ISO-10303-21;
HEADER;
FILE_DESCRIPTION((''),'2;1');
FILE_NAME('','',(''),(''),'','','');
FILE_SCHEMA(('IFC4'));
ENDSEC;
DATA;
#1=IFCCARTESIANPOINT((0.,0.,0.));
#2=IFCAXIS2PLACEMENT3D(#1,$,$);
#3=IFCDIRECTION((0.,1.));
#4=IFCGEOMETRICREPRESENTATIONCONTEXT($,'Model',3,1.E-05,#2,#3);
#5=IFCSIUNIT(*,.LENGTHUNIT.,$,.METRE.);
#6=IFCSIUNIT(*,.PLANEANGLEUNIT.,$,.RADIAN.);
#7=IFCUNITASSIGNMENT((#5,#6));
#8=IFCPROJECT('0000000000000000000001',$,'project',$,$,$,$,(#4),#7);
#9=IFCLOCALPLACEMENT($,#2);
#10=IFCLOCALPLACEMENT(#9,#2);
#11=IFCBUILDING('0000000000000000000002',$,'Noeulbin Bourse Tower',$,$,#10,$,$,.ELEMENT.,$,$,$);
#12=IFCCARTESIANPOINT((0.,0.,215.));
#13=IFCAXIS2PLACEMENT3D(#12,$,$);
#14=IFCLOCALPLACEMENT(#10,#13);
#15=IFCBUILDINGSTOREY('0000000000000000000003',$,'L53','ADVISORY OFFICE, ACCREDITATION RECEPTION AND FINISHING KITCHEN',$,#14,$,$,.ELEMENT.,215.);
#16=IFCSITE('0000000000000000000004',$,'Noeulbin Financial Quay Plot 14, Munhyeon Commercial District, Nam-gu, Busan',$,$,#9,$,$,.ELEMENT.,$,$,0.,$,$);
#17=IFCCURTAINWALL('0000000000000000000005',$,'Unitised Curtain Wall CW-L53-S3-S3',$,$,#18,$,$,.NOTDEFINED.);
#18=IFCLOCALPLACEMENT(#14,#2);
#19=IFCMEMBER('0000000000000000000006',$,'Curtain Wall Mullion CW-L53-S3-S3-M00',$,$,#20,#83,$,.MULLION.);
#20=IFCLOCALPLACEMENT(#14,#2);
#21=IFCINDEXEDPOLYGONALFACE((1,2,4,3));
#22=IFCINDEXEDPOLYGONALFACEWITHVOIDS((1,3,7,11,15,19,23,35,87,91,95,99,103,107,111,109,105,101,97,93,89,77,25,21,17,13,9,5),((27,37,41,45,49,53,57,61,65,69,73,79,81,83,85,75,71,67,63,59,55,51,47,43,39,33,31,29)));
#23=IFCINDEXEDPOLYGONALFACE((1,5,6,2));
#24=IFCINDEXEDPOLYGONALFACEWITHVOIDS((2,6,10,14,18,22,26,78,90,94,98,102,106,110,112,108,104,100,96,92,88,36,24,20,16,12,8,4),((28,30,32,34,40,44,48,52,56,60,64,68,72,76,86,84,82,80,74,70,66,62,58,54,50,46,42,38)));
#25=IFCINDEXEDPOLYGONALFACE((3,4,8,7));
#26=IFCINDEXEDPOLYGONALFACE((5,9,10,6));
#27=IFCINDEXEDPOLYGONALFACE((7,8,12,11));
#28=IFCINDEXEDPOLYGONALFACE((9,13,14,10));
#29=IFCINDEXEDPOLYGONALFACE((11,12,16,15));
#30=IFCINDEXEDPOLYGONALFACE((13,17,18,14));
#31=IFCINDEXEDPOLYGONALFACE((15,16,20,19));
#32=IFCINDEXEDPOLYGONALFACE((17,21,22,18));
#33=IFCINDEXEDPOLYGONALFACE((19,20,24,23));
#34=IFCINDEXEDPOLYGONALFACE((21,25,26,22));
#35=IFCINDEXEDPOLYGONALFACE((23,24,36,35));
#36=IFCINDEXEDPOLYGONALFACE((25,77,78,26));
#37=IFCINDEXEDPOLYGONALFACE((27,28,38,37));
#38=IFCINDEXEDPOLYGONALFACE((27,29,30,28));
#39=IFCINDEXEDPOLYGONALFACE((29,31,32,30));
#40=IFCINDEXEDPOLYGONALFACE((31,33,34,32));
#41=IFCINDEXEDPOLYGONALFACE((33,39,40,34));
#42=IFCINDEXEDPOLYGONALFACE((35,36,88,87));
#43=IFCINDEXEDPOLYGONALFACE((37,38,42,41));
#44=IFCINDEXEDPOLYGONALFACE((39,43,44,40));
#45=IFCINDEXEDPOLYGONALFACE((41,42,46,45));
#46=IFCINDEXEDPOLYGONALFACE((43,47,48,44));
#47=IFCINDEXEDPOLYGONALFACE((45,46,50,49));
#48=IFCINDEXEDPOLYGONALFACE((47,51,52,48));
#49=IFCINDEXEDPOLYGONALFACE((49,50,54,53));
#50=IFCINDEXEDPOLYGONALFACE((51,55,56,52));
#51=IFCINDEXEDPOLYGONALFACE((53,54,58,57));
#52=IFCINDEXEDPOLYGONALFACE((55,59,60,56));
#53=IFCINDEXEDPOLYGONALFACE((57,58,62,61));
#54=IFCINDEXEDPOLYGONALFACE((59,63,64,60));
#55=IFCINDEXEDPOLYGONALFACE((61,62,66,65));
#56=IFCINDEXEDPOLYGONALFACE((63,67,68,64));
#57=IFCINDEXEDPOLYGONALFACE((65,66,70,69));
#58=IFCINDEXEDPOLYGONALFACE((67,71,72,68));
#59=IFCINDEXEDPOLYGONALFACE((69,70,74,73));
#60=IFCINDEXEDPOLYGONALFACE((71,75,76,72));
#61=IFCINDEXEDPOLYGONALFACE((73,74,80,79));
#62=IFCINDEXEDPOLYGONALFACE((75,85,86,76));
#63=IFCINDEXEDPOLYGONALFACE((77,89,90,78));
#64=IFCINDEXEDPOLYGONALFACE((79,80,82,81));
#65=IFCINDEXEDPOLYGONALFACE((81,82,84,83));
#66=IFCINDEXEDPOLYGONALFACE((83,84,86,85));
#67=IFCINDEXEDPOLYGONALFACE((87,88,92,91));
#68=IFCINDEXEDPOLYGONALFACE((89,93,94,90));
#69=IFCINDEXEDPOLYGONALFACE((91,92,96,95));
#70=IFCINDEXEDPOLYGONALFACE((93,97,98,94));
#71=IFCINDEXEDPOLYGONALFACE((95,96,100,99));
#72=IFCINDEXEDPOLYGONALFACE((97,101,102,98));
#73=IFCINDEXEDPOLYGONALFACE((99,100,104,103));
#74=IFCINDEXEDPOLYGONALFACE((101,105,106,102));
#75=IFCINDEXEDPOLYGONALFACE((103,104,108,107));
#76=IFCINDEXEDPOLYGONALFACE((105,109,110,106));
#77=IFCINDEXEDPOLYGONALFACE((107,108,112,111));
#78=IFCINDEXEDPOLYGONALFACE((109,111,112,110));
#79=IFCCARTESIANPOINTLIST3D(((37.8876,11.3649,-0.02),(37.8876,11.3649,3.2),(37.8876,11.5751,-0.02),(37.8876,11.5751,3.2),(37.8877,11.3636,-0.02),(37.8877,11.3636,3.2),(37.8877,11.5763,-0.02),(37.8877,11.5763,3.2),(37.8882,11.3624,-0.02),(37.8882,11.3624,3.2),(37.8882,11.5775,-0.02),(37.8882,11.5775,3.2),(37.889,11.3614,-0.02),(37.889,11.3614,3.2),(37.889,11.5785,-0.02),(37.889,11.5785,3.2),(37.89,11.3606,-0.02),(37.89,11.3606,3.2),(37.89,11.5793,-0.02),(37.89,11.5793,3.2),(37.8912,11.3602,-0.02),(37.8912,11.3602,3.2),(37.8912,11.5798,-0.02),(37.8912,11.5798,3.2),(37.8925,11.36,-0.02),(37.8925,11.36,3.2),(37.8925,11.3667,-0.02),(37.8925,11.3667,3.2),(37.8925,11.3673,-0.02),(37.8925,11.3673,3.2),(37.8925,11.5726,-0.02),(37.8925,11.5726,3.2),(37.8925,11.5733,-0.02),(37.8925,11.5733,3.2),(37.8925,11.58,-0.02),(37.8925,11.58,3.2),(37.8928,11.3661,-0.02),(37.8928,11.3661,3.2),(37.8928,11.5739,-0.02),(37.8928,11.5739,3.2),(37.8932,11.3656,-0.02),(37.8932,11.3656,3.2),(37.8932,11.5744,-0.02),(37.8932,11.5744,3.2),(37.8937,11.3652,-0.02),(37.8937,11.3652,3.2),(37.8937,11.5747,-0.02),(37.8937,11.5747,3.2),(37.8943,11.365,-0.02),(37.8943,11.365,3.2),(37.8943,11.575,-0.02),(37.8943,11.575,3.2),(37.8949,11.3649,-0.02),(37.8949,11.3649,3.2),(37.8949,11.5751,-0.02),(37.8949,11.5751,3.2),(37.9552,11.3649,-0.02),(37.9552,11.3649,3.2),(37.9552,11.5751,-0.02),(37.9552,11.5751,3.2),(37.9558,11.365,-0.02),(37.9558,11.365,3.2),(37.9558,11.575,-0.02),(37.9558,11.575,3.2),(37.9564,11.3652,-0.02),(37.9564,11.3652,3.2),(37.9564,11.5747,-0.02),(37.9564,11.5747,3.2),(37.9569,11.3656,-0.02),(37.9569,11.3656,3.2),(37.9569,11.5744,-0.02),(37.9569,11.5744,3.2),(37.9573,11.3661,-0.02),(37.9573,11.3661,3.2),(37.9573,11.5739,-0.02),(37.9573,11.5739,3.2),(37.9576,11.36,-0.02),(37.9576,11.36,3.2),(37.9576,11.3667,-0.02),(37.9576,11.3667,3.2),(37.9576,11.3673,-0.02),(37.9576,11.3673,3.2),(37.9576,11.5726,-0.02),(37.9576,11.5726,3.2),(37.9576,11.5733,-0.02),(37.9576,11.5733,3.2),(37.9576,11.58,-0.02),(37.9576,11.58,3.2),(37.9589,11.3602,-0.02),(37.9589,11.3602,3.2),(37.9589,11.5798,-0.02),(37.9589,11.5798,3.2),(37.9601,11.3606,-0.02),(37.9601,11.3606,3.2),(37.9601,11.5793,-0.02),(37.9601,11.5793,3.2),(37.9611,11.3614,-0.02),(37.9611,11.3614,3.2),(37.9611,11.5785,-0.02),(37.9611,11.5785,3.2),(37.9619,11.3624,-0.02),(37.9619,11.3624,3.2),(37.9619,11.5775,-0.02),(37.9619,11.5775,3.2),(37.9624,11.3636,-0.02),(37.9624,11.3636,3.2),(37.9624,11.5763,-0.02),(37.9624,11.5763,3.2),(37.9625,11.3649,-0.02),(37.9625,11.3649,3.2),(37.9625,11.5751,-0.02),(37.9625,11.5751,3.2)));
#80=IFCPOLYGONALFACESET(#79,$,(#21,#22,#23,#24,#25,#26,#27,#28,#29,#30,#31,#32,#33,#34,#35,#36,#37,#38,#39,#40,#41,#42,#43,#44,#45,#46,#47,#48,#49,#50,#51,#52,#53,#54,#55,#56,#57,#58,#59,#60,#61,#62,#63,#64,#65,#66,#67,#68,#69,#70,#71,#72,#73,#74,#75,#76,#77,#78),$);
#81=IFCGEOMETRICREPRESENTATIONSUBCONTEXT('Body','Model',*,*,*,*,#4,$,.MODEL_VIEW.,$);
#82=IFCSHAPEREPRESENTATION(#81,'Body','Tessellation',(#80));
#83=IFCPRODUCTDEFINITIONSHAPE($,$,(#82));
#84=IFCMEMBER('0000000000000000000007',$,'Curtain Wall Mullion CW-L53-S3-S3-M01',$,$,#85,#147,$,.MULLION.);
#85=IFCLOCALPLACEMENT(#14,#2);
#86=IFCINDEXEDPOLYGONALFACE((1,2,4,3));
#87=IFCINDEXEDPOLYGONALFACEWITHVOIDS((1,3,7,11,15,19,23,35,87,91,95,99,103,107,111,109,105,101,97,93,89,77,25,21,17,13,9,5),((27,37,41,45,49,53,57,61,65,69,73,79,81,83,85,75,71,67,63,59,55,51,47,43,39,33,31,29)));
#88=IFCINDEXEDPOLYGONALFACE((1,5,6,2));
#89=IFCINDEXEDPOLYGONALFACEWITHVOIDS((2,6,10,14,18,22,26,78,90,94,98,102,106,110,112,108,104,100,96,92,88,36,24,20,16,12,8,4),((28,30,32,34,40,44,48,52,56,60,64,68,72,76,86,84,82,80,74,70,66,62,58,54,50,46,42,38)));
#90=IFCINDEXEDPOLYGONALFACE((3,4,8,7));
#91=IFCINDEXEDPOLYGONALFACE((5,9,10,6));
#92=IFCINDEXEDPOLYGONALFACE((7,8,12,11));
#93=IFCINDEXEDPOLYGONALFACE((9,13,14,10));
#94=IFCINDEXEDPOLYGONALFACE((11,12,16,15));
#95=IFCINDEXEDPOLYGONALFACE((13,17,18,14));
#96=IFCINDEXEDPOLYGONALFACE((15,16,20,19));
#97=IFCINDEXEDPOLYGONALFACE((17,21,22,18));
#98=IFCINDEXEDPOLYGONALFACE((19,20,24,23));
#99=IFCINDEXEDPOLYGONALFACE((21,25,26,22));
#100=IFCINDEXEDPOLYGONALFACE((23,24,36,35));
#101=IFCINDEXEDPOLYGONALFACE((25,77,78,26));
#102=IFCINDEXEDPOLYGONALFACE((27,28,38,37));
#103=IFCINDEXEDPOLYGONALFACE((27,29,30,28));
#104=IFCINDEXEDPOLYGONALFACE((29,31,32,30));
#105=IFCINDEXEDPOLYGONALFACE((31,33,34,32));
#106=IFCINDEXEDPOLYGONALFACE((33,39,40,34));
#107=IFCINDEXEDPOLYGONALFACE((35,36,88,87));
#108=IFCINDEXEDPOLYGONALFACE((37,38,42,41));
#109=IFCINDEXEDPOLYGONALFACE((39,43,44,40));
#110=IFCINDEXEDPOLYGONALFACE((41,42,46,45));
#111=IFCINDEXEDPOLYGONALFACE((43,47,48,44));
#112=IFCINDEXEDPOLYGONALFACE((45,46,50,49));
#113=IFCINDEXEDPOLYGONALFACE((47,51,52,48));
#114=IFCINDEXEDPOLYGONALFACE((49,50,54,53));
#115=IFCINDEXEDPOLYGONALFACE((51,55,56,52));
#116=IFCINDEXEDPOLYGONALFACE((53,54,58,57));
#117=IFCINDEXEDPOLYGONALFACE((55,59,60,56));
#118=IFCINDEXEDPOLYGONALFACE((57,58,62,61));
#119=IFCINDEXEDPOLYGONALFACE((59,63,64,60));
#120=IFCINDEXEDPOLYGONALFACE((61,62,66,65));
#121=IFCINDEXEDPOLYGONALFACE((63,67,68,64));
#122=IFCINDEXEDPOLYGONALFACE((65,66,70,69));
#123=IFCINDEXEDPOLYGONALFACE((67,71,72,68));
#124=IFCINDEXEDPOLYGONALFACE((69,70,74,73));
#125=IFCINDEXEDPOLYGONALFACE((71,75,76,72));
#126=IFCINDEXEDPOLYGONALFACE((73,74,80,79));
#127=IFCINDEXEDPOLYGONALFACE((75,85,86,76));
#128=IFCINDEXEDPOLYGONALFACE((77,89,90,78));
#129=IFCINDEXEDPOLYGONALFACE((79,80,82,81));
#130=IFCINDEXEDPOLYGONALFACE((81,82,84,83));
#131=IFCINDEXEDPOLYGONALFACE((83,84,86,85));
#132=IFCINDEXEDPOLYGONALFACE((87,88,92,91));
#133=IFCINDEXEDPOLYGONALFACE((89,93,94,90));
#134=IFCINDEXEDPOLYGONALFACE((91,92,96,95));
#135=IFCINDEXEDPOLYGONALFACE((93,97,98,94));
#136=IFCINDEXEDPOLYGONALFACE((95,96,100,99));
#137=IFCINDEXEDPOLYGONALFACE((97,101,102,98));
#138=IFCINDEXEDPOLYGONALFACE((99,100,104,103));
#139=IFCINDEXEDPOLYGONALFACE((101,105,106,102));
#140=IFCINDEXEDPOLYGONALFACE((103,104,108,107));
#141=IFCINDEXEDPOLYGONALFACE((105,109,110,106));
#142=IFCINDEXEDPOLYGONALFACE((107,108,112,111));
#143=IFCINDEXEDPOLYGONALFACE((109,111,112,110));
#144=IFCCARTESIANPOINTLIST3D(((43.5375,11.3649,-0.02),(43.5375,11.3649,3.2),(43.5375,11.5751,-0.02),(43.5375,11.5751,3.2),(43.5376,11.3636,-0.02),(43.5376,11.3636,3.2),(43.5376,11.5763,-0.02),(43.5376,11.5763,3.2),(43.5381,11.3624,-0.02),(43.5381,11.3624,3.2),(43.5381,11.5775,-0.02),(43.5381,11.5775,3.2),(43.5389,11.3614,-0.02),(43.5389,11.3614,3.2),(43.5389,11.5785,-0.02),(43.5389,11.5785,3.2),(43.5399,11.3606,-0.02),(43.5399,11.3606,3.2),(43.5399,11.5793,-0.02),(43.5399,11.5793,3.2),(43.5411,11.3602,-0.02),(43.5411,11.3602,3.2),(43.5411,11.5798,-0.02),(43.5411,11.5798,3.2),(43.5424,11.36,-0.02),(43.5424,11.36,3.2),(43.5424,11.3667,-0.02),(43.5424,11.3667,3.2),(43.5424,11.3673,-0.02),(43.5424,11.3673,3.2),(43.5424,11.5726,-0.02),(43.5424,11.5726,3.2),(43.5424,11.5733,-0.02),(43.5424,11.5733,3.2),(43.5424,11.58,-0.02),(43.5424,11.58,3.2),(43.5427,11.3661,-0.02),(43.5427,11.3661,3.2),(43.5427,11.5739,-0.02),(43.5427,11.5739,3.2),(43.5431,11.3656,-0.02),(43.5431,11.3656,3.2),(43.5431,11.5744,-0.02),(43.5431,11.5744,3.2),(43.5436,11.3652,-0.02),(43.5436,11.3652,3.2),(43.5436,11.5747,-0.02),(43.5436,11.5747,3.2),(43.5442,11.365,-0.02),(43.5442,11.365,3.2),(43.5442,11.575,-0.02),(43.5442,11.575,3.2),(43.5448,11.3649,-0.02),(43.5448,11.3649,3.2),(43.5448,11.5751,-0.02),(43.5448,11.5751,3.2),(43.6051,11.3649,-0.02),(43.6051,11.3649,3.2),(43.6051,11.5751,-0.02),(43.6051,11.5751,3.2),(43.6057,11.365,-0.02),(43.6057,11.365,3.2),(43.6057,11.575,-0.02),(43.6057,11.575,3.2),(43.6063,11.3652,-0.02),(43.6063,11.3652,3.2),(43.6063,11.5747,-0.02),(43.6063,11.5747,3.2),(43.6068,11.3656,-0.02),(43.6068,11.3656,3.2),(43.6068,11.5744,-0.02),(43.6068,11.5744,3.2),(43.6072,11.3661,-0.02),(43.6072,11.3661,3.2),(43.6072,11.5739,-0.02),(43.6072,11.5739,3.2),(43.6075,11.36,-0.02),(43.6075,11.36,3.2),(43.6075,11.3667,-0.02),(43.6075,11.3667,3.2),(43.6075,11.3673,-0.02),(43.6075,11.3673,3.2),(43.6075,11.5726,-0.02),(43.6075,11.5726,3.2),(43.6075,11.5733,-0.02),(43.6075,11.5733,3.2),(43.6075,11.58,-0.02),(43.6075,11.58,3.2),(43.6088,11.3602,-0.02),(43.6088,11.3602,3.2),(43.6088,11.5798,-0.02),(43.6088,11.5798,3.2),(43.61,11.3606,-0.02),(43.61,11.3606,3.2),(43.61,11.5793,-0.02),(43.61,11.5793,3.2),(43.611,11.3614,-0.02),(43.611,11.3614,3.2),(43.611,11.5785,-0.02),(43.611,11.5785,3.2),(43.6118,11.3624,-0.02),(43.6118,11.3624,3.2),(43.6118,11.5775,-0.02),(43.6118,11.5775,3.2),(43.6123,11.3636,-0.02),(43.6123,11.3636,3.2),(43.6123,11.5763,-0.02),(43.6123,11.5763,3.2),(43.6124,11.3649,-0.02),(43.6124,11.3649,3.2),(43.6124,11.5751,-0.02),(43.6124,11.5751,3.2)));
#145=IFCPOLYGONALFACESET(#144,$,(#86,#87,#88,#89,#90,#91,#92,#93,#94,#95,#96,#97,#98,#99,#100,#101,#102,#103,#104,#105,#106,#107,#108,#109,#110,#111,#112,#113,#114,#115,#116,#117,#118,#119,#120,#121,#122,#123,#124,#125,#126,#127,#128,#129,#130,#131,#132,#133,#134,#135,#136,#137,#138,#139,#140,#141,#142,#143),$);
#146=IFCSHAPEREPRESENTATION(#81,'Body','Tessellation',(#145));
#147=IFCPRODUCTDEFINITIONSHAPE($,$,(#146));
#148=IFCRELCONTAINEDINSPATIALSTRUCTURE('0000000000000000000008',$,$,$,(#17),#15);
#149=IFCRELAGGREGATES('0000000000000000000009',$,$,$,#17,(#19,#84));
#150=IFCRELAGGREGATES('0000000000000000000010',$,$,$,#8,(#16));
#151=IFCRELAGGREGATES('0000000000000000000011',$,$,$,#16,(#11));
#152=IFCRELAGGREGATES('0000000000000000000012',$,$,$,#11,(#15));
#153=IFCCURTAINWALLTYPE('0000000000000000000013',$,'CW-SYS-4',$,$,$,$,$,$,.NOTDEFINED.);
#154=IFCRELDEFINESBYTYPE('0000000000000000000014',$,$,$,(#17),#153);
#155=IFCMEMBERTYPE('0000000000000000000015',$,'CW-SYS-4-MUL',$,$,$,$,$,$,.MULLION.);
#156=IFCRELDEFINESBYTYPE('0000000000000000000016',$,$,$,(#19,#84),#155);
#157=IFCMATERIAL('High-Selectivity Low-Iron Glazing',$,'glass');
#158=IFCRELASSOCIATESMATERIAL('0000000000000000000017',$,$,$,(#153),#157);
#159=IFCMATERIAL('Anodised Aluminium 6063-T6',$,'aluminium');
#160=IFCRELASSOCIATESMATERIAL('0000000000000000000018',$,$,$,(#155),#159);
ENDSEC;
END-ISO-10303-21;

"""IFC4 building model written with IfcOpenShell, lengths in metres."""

from ifc_helpers import new_model, si_unit, direction, frame, origin, origin_2d, place, context, subcontext, project, spatial, hollow_rectangle, extrude, material, material_profile, profile_set, type_object, element, aggregate, save


model = new_model("IFC4")

# Units and contexts
model_context = context("Model", 3, precision=1e-05, world=origin(), true_north=direction((0.0, 1.0)))
body_context = subcontext(model_context, "Body", "Model", "MODEL_VIEW")
ifc_project = project(units=[si_unit("LENGTHUNIT", "METRE"), si_unit("PLANEANGLEUNIT", "RADIAN")], contexts=[model_context])

# Site, building, storey
site_placement = place(None, origin())
site = spatial("IfcSite", under=ifc_project, at=site_placement, Name="Noeulbin Financial Quay Plot 14, Munhyeon Commercial District, Nam-gu, Busan", CompositionType="ELEMENT", RefElevation=0.0)
building_placement = place(site_placement, origin())
building = spatial("IfcBuilding", under=site, at=building_placement, Name="Noeulbin Bourse Tower", CompositionType="ELEMENT")
storey_placement = place(building_placement, frame((0.0, 0.0, 215.0)))
storey = spatial("IfcBuildingStorey", under=building, at=storey_placement, Name="L53", Description="ADVISORY OFFICE, ACCREDITATION RECEPTION AND FINISHING KITCHEN", CompositionType="ELEMENT", Elevation=215.0)

# Curtain wall, members
ifc_material_1 = material(Name="High-Selectivity Low-Iron Glazing", Category="glass")
curtain_wall_type = type_object("IfcCurtainWallType", Name="CW-SYS-4", PredefinedType="NOTDEFINED", material=ifc_material_1)
curtain_wall_1_placement = place(storey_placement, origin())
curtain_wall_1 = element("IfcCurtainWall", 1, at=curtain_wall_1_placement, inside=storey, type_object=curtain_wall_type, Name="Unitised Curtain Wall CW-L53-S3-S3", PredefinedType="NOTDEFINED")
ifc_material_2 = material(Name="Anodised Aluminium 6063-T6", Category="aluminium")
ifc_material_profile_1 = material_profile(ifc_material_2, hollow_rectangle(XDim=0.075, YDim=0.22, WallThickness=0.0049, InnerFilletRadius=0.0024, OuterFilletRadius=0.0049, at=origin_2d()), Name="ALU-MULL-75x220x5", Category="LoadBearing")
ifc_profile_set_1 = profile_set([ifc_material_profile_1], Name="Anodised Aluminium 6063-T6")
member_type_1 = type_object("IfcMemberType", Name="CW-SYS-4-MUL", PredefinedType="MULLION", material=ifc_profile_set_1)
member_1_placement = place(storey_placement, frame((37.925, 11.47, -0.02), z_axis=(0.0, 0.0, 1.0), x_axis=(1.0, 0.0, 0.0)))
member_1 = element("IfcMember", 2, at=member_1_placement, type_object=member_type_1, Name="Curtain Wall Mullion CW-L53-S3-S3-M00", PredefinedType="MULLION", context=body_context, shape_type="SweptSolid", body=[
    extrude(hollow_rectangle(XDim=0.075, YDim=0.22, WallThickness=0.0049, InnerFilletRadius=0.0024, OuterFilletRadius=0.0049, at=origin_2d()), origin(), (0.0, 0.0, 1.0), 3.22),
])
member_2_placement = place(storey_placement, frame((43.575, 11.47, -0.02), z_axis=(0.0, 0.0, 1.0), x_axis=(1.0, 0.0, 0.0)))
member_2 = element("IfcMember", 3, at=member_2_placement, type_object=member_type_1, Name="Curtain Wall Mullion CW-L53-S3-S3-M01", PredefinedType="MULLION", context=body_context, shape_type="SweptSolid", body=[
    extrude(hollow_rectangle(XDim=0.075, YDim=0.22, WallThickness=0.0049, InnerFilletRadius=0.0024, OuterFilletRadius=0.0049, at=origin_2d()), origin(), (0.0, 0.0, 1.0), 3.22),
])

aggregate(curtain_wall_1, [member_1, member_2])

save(model, "model.ifc")
